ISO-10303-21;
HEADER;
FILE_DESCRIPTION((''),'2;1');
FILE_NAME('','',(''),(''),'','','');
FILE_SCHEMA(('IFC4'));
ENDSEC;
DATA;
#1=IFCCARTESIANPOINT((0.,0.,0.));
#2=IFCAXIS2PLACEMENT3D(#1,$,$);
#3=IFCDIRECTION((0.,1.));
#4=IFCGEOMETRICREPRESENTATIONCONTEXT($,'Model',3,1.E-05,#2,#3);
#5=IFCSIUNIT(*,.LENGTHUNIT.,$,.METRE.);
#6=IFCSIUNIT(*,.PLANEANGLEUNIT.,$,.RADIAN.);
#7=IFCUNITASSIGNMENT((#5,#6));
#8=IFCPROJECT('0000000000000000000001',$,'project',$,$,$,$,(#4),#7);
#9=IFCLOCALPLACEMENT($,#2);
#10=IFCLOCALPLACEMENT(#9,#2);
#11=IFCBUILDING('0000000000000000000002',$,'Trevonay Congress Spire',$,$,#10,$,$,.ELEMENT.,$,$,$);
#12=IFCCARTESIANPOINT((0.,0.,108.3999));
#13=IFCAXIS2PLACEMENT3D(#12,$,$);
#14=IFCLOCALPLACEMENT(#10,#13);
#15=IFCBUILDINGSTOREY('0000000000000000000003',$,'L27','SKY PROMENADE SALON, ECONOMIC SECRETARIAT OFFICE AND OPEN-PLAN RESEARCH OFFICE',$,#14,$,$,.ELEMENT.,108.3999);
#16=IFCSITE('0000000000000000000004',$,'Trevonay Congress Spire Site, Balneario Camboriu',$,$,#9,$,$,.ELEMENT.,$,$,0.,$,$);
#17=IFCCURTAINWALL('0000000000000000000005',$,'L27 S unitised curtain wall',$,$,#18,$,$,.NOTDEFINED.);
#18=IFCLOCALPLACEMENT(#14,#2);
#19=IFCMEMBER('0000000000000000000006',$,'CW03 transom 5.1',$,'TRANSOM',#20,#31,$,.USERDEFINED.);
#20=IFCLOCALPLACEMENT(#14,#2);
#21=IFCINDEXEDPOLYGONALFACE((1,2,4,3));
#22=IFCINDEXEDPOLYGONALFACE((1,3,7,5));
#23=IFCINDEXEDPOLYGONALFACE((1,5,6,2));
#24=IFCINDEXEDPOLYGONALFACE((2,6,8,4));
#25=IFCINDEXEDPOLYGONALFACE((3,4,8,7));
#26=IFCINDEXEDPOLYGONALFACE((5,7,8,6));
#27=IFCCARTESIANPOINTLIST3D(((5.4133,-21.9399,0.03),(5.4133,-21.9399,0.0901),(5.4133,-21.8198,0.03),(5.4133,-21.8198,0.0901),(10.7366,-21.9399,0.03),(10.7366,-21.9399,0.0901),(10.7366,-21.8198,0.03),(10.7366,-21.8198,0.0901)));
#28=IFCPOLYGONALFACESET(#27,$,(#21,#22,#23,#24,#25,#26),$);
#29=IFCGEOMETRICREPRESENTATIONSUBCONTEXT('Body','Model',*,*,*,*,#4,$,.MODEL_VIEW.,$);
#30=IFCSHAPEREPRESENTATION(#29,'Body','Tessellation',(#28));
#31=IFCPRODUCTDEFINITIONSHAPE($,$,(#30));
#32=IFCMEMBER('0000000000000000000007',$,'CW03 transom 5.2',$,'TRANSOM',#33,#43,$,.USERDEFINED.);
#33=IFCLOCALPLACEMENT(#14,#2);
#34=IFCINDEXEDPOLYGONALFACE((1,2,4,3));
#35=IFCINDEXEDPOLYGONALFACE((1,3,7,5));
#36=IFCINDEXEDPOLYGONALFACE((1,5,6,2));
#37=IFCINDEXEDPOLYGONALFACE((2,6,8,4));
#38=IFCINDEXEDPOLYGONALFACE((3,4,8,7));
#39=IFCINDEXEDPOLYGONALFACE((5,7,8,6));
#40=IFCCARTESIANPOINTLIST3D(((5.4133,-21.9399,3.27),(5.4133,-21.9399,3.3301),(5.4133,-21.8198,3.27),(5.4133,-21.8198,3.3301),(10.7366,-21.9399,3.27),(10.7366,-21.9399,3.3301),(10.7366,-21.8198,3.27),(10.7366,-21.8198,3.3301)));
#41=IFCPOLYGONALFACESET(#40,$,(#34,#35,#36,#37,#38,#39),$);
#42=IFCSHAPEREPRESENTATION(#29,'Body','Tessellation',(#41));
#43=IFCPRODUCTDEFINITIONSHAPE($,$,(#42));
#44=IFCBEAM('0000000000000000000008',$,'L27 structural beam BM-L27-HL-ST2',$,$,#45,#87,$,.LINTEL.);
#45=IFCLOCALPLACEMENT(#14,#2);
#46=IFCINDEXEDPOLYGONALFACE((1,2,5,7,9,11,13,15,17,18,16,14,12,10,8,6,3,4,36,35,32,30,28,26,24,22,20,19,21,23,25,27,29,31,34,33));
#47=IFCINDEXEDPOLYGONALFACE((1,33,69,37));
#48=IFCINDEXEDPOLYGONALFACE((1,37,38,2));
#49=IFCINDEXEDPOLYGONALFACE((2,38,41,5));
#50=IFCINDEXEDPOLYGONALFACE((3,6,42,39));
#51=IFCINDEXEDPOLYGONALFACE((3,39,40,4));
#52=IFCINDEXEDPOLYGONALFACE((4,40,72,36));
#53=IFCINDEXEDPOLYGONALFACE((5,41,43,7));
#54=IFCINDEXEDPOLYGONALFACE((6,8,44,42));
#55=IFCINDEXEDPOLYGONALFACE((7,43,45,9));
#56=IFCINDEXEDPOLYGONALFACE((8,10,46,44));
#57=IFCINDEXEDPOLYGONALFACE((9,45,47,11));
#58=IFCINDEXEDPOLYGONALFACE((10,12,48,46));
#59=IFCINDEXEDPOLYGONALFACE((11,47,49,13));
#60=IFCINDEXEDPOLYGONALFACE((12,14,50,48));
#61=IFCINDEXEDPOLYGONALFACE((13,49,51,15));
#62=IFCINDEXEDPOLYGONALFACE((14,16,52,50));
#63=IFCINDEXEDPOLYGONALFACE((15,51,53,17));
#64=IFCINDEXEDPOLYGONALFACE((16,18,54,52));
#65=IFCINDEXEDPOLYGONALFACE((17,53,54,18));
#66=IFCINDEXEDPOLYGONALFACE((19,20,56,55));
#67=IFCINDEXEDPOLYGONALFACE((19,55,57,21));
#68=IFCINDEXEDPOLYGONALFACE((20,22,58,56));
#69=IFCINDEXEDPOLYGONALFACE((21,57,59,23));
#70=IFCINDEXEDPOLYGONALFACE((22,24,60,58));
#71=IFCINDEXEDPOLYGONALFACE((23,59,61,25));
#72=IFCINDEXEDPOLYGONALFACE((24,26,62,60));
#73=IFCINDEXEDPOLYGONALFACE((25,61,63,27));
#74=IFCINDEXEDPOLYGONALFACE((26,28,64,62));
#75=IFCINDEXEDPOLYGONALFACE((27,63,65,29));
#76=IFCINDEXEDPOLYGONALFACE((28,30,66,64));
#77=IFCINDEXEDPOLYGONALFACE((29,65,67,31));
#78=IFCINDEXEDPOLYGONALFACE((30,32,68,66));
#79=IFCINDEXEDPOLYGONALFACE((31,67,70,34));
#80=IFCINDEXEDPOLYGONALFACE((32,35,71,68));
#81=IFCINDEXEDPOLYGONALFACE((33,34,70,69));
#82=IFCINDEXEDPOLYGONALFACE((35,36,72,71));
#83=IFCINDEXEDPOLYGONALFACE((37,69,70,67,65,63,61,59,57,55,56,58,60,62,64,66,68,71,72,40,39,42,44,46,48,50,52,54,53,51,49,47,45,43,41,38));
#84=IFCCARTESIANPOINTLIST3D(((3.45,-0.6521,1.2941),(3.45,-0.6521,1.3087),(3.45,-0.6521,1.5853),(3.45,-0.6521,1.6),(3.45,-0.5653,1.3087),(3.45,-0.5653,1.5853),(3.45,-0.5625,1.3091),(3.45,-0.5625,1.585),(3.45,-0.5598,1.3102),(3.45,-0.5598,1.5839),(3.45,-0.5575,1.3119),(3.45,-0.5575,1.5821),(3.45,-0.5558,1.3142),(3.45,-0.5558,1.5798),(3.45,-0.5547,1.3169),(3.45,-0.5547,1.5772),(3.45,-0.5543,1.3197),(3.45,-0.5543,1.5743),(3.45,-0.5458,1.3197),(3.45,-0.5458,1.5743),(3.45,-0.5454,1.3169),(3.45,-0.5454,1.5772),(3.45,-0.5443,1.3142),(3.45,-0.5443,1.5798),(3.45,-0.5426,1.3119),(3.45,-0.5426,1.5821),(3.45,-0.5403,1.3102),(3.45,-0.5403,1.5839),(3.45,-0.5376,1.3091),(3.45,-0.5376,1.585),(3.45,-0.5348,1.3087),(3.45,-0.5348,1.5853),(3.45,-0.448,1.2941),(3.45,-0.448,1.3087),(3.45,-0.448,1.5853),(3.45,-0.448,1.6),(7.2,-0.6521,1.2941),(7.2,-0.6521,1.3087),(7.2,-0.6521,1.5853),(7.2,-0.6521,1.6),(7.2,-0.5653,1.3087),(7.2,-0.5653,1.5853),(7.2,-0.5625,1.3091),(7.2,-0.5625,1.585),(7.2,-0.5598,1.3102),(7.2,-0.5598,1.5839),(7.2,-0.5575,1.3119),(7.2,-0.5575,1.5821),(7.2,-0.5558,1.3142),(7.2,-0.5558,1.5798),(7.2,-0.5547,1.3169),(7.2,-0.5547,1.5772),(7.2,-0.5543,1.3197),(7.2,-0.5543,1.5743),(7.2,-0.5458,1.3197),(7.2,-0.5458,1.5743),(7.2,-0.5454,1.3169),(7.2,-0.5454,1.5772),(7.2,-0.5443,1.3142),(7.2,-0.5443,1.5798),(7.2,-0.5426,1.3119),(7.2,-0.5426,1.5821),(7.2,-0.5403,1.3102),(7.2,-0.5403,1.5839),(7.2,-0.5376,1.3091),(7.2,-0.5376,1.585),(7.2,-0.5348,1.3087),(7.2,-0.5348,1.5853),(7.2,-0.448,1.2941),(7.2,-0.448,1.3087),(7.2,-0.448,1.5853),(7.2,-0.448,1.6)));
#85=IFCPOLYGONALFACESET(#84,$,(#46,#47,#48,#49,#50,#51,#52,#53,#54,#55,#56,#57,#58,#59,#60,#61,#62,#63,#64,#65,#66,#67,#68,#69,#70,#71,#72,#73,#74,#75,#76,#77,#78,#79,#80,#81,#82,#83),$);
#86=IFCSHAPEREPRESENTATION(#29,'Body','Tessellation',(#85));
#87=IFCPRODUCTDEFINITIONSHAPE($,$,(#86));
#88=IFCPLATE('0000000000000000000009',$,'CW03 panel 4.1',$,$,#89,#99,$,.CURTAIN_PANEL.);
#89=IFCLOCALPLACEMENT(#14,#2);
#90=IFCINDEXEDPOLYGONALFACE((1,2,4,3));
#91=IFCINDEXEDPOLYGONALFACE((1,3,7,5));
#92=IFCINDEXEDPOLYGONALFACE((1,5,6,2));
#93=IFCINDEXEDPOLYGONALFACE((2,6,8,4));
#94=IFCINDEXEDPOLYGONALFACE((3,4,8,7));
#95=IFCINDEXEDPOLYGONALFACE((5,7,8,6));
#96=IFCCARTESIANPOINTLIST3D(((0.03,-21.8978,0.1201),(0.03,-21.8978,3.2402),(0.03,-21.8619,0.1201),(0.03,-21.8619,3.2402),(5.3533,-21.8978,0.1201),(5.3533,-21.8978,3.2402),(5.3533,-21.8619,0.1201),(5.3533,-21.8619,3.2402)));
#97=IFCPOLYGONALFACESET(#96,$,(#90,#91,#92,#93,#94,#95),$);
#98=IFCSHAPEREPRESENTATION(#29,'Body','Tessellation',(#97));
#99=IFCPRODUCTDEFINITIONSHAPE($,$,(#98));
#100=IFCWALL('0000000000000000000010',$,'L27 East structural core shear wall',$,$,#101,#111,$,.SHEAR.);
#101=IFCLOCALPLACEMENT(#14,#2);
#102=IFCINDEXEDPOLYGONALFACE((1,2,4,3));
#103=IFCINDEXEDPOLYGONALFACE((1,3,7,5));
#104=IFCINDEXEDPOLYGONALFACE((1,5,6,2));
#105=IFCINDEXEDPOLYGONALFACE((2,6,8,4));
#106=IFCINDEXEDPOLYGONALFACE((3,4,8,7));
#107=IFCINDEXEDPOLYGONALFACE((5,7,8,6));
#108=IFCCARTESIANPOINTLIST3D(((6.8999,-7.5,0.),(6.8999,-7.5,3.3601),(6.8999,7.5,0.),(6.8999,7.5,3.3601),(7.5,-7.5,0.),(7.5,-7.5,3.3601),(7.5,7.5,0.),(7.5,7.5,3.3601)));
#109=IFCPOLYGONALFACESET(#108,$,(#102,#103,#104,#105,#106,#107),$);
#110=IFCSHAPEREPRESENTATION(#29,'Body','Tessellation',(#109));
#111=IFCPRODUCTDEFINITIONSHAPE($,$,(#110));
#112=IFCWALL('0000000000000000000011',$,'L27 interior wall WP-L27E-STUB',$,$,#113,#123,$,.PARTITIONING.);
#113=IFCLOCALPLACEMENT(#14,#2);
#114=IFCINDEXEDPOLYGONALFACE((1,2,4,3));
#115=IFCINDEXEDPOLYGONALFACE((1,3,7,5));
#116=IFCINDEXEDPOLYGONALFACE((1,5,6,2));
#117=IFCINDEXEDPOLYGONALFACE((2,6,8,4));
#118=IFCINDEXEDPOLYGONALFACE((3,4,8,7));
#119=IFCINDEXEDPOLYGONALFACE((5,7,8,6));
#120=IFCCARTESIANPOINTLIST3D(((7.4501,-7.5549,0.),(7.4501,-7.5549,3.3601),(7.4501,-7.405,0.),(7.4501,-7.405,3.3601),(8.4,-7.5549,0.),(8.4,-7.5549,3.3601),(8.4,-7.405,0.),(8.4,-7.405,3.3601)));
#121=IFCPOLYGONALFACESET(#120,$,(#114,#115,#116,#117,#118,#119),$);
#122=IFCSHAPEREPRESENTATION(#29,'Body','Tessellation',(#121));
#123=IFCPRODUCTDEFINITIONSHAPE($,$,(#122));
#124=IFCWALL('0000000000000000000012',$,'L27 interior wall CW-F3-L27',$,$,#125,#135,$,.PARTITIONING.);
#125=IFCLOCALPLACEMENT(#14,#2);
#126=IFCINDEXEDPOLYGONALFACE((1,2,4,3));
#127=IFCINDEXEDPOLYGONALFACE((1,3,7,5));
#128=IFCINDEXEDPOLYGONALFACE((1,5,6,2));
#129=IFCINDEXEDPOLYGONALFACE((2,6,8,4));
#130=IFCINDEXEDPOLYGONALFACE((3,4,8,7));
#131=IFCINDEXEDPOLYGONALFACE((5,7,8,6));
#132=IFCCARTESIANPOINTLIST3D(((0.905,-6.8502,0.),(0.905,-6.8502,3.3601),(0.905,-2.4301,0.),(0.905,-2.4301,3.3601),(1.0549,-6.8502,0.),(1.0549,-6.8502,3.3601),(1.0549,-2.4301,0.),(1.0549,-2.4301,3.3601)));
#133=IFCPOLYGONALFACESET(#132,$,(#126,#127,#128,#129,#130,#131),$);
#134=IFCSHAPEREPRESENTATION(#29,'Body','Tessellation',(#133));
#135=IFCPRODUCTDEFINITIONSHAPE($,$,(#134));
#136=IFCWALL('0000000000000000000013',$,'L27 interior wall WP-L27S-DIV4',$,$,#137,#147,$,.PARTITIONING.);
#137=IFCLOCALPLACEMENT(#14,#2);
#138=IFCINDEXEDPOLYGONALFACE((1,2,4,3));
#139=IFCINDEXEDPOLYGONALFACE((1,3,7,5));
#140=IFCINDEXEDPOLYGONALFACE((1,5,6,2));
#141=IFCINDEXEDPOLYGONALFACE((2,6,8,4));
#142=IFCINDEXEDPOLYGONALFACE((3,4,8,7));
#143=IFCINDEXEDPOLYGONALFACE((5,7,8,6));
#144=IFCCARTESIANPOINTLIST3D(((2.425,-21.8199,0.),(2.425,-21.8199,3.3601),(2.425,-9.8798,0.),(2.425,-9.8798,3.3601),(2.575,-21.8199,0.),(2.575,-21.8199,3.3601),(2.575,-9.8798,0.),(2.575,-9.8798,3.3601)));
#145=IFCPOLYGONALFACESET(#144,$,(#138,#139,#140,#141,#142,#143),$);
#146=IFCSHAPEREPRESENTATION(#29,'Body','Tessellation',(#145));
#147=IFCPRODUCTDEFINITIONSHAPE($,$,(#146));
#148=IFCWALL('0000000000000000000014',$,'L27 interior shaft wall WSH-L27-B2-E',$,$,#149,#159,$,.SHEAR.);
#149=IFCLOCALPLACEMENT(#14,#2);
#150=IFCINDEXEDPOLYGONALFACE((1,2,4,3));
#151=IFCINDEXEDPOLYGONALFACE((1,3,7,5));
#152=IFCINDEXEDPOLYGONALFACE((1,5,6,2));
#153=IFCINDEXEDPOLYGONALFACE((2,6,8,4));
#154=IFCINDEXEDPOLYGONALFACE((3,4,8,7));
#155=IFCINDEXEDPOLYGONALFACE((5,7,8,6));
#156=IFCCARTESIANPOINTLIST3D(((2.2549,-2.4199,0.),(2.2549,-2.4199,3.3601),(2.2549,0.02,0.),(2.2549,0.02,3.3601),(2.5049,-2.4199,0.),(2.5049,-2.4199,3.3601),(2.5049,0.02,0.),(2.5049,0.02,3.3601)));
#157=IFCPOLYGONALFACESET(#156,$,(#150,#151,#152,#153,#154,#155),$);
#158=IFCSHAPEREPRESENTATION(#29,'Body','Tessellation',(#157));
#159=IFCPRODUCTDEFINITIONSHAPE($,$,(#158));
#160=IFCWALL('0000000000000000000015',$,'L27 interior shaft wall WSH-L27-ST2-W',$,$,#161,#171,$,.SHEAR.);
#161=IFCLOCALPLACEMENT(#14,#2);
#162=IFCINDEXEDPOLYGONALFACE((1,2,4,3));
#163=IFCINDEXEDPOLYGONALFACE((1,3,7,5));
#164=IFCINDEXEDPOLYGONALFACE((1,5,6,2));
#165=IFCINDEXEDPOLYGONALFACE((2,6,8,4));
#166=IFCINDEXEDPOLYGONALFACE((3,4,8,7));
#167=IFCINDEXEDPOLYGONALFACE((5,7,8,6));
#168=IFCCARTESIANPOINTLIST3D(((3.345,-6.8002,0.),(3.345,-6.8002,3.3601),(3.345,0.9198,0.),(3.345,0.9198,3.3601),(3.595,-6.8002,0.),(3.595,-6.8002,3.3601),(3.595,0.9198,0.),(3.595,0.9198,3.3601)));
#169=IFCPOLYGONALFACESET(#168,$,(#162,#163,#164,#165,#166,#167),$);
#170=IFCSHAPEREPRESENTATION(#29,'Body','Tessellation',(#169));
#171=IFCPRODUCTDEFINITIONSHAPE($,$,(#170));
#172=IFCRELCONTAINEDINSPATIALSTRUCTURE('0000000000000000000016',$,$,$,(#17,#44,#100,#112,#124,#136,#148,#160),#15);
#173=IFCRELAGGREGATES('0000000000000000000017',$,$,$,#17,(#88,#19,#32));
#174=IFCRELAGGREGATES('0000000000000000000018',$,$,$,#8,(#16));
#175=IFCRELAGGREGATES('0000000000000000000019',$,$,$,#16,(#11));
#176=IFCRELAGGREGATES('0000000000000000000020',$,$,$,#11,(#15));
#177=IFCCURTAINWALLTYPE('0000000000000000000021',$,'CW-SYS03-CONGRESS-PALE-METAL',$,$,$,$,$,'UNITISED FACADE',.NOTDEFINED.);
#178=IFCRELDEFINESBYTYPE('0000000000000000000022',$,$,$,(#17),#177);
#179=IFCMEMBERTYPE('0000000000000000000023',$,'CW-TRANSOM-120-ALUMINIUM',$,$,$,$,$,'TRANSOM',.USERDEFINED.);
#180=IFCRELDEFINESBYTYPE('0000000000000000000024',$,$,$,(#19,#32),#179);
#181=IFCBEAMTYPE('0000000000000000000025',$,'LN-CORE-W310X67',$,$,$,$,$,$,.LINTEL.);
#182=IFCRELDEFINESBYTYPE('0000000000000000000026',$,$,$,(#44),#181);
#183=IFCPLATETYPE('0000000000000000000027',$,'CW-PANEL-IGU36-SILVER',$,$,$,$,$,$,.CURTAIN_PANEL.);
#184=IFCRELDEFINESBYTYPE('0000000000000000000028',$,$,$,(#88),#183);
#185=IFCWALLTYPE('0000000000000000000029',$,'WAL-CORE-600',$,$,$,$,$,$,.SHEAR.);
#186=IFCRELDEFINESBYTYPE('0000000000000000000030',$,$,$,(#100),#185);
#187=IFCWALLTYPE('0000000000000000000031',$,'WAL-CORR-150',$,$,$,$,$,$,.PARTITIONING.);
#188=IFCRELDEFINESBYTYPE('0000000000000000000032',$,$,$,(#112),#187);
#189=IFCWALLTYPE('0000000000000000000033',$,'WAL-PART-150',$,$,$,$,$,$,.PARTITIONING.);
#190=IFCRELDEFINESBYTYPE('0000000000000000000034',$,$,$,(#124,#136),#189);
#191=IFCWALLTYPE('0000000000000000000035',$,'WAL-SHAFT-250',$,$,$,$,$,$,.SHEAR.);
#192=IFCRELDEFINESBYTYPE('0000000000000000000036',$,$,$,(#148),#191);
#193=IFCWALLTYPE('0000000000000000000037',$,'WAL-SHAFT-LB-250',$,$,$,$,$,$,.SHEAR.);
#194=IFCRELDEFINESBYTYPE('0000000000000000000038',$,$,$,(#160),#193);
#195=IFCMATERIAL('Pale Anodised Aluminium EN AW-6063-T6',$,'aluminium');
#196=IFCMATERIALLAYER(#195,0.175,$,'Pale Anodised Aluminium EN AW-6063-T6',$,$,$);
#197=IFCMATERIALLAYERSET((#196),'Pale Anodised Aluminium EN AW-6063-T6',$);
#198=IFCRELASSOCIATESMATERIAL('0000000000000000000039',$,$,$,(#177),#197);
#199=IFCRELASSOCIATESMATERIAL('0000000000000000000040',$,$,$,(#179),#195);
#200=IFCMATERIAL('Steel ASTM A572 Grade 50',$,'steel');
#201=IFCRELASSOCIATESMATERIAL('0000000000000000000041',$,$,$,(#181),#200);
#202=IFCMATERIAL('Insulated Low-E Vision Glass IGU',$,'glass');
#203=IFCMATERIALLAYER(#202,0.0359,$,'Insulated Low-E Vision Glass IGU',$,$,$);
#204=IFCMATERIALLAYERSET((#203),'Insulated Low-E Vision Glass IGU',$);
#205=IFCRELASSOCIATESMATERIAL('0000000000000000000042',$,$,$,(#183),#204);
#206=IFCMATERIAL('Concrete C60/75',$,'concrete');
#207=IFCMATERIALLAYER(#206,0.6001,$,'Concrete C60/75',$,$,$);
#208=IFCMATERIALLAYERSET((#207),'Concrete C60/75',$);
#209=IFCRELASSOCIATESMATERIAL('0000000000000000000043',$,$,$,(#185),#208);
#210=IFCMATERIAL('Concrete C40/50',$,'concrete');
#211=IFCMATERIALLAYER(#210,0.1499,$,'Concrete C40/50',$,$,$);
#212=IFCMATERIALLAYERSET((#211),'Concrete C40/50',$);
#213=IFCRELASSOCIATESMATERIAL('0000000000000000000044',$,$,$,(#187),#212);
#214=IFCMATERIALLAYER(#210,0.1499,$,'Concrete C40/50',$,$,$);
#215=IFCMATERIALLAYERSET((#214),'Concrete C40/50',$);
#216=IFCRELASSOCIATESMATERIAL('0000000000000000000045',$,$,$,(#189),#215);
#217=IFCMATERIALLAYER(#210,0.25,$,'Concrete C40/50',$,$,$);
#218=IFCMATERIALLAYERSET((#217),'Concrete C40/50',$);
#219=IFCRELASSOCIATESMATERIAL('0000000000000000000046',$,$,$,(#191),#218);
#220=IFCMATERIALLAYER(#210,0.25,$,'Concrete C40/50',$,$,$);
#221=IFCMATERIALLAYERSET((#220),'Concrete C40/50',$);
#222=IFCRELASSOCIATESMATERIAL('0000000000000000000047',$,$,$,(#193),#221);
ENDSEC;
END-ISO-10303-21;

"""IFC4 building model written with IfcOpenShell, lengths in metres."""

from ifc_helpers import new_model, si_unit, direction, frame, frame_2d, origin, origin_2d, place, context, subcontext, project, spatial, rectangle, i_section, extrude, material, layer, layer_set, material_profile, profile_set, type_object, element, aggregate, save


model = new_model("IFC4")

# Units and contexts
model_context = context("Model", 3, precision=1e-05, world=origin(), true_north=direction((0.0, 1.0)))
body_context = subcontext(model_context, "Body", "Model", "MODEL_VIEW")
ifc_project = project(units=[si_unit("LENGTHUNIT", "METRE"), si_unit("PLANEANGLEUNIT", "RADIAN")], contexts=[model_context])

# Site, building, storey
site_placement = place(None, origin())
site = spatial("IfcSite", under=ifc_project, at=site_placement, Name="Trevonay Congress Spire Site, Balneario Camboriu", CompositionType="ELEMENT", RefElevation=0.0)
building_placement = place(site_placement, origin())
building = spatial("IfcBuilding", under=site, at=building_placement, Name="Trevonay Congress Spire", CompositionType="ELEMENT")
storey_placement = place(building_placement, frame((0.0, 0.0, 108.3999)))
storey = spatial("IfcBuildingStorey", under=building, at=storey_placement, Name="L27", Description="SKY PROMENADE SALON, ECONOMIC SECRETARIAT OFFICE AND OPEN-PLAN RESEARCH OFFICE", CompositionType="ELEMENT", Elevation=108.3999)

# Shared definitions
ifc_material_1 = material(Name="Steel ASTM A572 Grade 50", Category="steel")

# Curtain wall, members
ifc_material_2 = material(Name="Pale Anodised Aluminium EN AW-6063-T6", Category="aluminium")
ifc_layer_1 = layer(ifc_material_2, 0.175, Name="Pale Anodised Aluminium EN AW-6063-T6")
ifc_layer_set_1 = layer_set([ifc_layer_1], Name="Pale Anodised Aluminium EN AW-6063-T6")
curtain_wall_type = type_object("IfcCurtainWallType", Name="CW-SYS03-CONGRESS-PALE-METAL", ElementType="UNITISED FACADE", PredefinedType="NOTDEFINED", material=ifc_layer_set_1)
curtain_wall_placement = place(storey_placement, origin())
curtain_wall = element("IfcCurtainWall", 1, at=curtain_wall_placement, inside=storey, type_object=curtain_wall_type, Name="L27 S unitised curtain wall", PredefinedType="NOTDEFINED")
ifc_material_profile_1 = material_profile(ifc_material_2, rectangle(XDim=0.1201, YDim=0.0601, at=origin_2d()), Name="CW-TRANSOM-120-ALUMINIUM")
ifc_profile_set_1 = profile_set([ifc_material_profile_1], Name="Pale Anodised Aluminium EN AW-6063-T6")
member_type_1 = type_object("IfcMemberType", Name="CW-TRANSOM-120-ALUMINIUM", ElementType="TRANSOM", PredefinedType="USERDEFINED", material=ifc_profile_set_1)
member_1_placement = place(storey_placement, frame((5.4133, -21.8799, 0.0601), z_axis=(1.0, 0.0, 0.0), x_axis=(0.0, 1.0, 0.0)))
member_1 = element("IfcMember", 2, at=member_1_placement, type_object=member_type_1, Name="CW03 transom 5.1", ObjectType="TRANSOM", PredefinedType="USERDEFINED", context=body_context, shape_type="SweptSolid", body=[
    extrude(rectangle(XDim=0.1201, YDim=0.0601, at=origin_2d()), origin(), (0.0, 0.0, 1.0), 5.3232),
])
member_2_placement = place(storey_placement, frame((5.4133, -21.8799, 3.3), z_axis=(1.0, 0.0, 0.0), x_axis=(0.0, 1.0, 0.0)))
member_2 = element("IfcMember", 3, at=member_2_placement, type_object=member_type_1, Name="CW03 transom 5.2", ObjectType="TRANSOM", PredefinedType="USERDEFINED", context=body_context, shape_type="SweptSolid", body=[
    extrude(rectangle(XDim=0.1201, YDim=0.0601, at=origin_2d()), origin(), (0.0, 0.0, 1.0), 5.3232),
])

# Beam
ifc_material_profile_2 = material_profile(ifc_material_1, i_section(OverallWidth=0.2041, OverallDepth=0.3059, WebThickness=0.0085, FlangeThickness=0.0146, FilletRadius=0.011, at=origin_2d()), Name="W310x67")
ifc_profile_set_2 = profile_set([ifc_material_profile_2], Name="Steel ASTM A572 Grade 50")
beam_type_1 = type_object("IfcBeamType", Name="LN-CORE-W310X67", PredefinedType="LINTEL", material=ifc_profile_set_2)
beam_1_placement = place(storey_placement, frame((3.45, -0.55, 1.447), z_axis=(1.0, 0.0, 0.0), x_axis=(0.0, 1.0, 0.0)))
element("IfcBeam", 4, at=beam_1_placement, inside=storey, type_object=beam_type_1, Name="L27 structural beam BM-L27-HL-ST2", PredefinedType="LINTEL", context=body_context, shape_type="SweptSolid", body=[
    extrude(i_section(OverallWidth=0.2041, OverallDepth=0.3059, WebThickness=0.0085, FlangeThickness=0.0146, FilletRadius=0.011, at=origin_2d()), origin(), (0.0, 0.0, 1.0), 3.75),
])

# Plate
ifc_material_3 = material(Name="Insulated Low-E Vision Glass IGU", Category="glass")
ifc_layer_2 = layer(ifc_material_3, 0.0359, Name="Insulated Low-E Vision Glass IGU")
ifc_layer_set_2 = layer_set([ifc_layer_2], Name="Insulated Low-E Vision Glass IGU")
plate_type = type_object("IfcPlateType", Name="CW-PANEL-IGU36-SILVER", PredefinedType="CURTAIN_PANEL", material=ifc_layer_set_2)
plate_placement = place(storey_placement, frame((2.6917, -21.8799, 0.1201), z_axis=(0.0, 0.0, 1.0), x_axis=(1.0, 0.0, 0.0)))
plate = element("IfcPlate", 5, at=plate_placement, type_object=plate_type, Name="CW03 panel 4.1", PredefinedType="CURTAIN_PANEL", context=body_context, shape_type="SweptSolid", body=[
    extrude(rectangle(XDim=5.3232, YDim=0.0359, at=origin_2d()), origin(), (0.0, 0.0, 1.0), 3.1201),
])
aggregate(curtain_wall, [plate, member_1, member_2])

# Walls
ifc_material_4 = material(Name="Concrete C60/75", Category="concrete")
ifc_layer_3 = layer(ifc_material_4, 0.6001, Name="Concrete C60/75")
ifc_layer_set_3 = layer_set([ifc_layer_3], Name="Concrete C60/75")
wall_type_1 = type_object("IfcWallType", Name="WAL-CORE-600", PredefinedType="SHEAR", material=ifc_layer_set_3)
wall_1_placement = place(storey_placement, frame((7.2, -7.5, 0.0), z_axis=(0.0, 0.0, 1.0), x_axis=(0.0, 1.0, 0.0)))
element("IfcWall", 6, at=wall_1_placement, inside=storey, type_object=wall_type_1, Name="L27 East structural core shear wall", PredefinedType="SHEAR", context=body_context, shape_type="SweptSolid", body=[
    extrude(rectangle(XDim=15.0, YDim=0.6001, at=frame_2d((7.5, 0.0))), origin(), (0.0, 0.0, 1.0), 3.3601),
])
ifc_material_5 = material(Name="Concrete C40/50", Category="concrete")
ifc_layer_4 = layer(ifc_material_5, 0.1499, Name="Concrete C40/50")
ifc_layer_set_4 = layer_set([ifc_layer_4], Name="Concrete C40/50")
wall_type_2 = type_object("IfcWallType", Name="WAL-CORR-150", PredefinedType="PARTITIONING", material=ifc_layer_set_4)
wall_2_placement = place(storey_placement, frame((7.45, -7.48, 0.0), z_axis=(0.0, 0.0, 1.0), x_axis=(1.0, 0.0, 0.0)))
element("IfcWall", 7, at=wall_2_placement, inside=storey, type_object=wall_type_2, Name="L27 interior wall WP-L27E-STUB", PredefinedType="PARTITIONING", context=body_context, shape_type="SweptSolid", body=[
    extrude(rectangle(XDim=0.95, YDim=0.1499, at=frame_2d((0.4751, 0.0))), origin(), (0.0, 0.0, 1.0), 3.3601),
])
ifc_layer_5 = layer(ifc_material_5, 0.1499, Name="Concrete C40/50")
ifc_layer_set_5 = layer_set([ifc_layer_5], Name="Concrete C40/50")
wall_type_3 = type_object("IfcWallType", Name="WAL-PART-150", PredefinedType="PARTITIONING", material=ifc_layer_set_5)
wall_3_placement = place(storey_placement, frame((0.98, -6.8501, 0.0), z_axis=(0.0, 0.0, 1.0), x_axis=(0.0, 1.0, 0.0)))
element("IfcWall", 8, at=wall_3_placement, inside=storey, type_object=wall_type_3, Name="L27 interior wall CW-F3-L27", PredefinedType="PARTITIONING", context=body_context, shape_type="SweptSolid", body=[
    extrude(rectangle(XDim=4.4202, YDim=0.1499, at=frame_2d((2.21, 0.0))), origin(), (0.0, 0.0, 1.0), 3.3601),
])
wall_4_placement = place(storey_placement, frame((2.5, -21.8201, 0.0), z_axis=(0.0, 0.0, 1.0), x_axis=(0.0, 1.0, 0.0)))
element("IfcWall", 9, at=wall_4_placement, inside=storey, type_object=wall_type_3, Name="L27 interior wall WP-L27S-DIV4", PredefinedType="PARTITIONING", context=body_context, shape_type="SweptSolid", body=[
    extrude(rectangle(XDim=11.9402, YDim=0.1499, at=frame_2d((5.9702, 0.0))), origin(), (0.0, 0.0, 1.0), 3.3601),
])
ifc_layer_6 = layer(ifc_material_5, 0.25, Name="Concrete C40/50")
ifc_layer_set_6 = layer_set([ifc_layer_6], Name="Concrete C40/50")
wall_type_4 = type_object("IfcWallType", Name="WAL-SHAFT-250", PredefinedType="SHEAR", material=ifc_layer_set_6)
wall_5_placement = place(storey_placement, frame((2.3799, -2.4199, 0.0), z_axis=(0.0, 0.0, 1.0), x_axis=(0.0, 1.0, 0.0)))
element("IfcWall", 10, at=wall_5_placement, inside=storey, type_object=wall_type_4, Name="L27 interior shaft wall WSH-L27-B2-E", PredefinedType="SHEAR", context=body_context, shape_type="SweptSolid", body=[
    extrude(rectangle(XDim=2.4399, YDim=0.25, at=frame_2d((1.22, 0.0))), origin(), (0.0, 0.0, 1.0), 3.3601),
])
ifc_layer_7 = layer(ifc_material_5, 0.25, Name="Concrete C40/50")
ifc_layer_set_7 = layer_set([ifc_layer_7], Name="Concrete C40/50")
wall_type_5 = type_object("IfcWallType", Name="WAL-SHAFT-LB-250", PredefinedType="SHEAR", material=ifc_layer_set_7)
wall_6_placement = place(storey_placement, frame((3.47, -6.8, 0.0), z_axis=(0.0, 0.0, 1.0), x_axis=(0.0, 1.0, 0.0)))
element("IfcWall", 11, at=wall_6_placement, inside=storey, type_object=wall_type_5, Name="L27 interior shaft wall WSH-L27-ST2-W", PredefinedType="SHEAR", context=body_context, shape_type="SweptSolid", body=[
    extrude(rectangle(XDim=7.72, YDim=0.25, at=frame_2d((3.8599, 0.0))), origin(), (0.0, 0.0, 1.0), 3.3601),
])

save(model, "model.ifc")
